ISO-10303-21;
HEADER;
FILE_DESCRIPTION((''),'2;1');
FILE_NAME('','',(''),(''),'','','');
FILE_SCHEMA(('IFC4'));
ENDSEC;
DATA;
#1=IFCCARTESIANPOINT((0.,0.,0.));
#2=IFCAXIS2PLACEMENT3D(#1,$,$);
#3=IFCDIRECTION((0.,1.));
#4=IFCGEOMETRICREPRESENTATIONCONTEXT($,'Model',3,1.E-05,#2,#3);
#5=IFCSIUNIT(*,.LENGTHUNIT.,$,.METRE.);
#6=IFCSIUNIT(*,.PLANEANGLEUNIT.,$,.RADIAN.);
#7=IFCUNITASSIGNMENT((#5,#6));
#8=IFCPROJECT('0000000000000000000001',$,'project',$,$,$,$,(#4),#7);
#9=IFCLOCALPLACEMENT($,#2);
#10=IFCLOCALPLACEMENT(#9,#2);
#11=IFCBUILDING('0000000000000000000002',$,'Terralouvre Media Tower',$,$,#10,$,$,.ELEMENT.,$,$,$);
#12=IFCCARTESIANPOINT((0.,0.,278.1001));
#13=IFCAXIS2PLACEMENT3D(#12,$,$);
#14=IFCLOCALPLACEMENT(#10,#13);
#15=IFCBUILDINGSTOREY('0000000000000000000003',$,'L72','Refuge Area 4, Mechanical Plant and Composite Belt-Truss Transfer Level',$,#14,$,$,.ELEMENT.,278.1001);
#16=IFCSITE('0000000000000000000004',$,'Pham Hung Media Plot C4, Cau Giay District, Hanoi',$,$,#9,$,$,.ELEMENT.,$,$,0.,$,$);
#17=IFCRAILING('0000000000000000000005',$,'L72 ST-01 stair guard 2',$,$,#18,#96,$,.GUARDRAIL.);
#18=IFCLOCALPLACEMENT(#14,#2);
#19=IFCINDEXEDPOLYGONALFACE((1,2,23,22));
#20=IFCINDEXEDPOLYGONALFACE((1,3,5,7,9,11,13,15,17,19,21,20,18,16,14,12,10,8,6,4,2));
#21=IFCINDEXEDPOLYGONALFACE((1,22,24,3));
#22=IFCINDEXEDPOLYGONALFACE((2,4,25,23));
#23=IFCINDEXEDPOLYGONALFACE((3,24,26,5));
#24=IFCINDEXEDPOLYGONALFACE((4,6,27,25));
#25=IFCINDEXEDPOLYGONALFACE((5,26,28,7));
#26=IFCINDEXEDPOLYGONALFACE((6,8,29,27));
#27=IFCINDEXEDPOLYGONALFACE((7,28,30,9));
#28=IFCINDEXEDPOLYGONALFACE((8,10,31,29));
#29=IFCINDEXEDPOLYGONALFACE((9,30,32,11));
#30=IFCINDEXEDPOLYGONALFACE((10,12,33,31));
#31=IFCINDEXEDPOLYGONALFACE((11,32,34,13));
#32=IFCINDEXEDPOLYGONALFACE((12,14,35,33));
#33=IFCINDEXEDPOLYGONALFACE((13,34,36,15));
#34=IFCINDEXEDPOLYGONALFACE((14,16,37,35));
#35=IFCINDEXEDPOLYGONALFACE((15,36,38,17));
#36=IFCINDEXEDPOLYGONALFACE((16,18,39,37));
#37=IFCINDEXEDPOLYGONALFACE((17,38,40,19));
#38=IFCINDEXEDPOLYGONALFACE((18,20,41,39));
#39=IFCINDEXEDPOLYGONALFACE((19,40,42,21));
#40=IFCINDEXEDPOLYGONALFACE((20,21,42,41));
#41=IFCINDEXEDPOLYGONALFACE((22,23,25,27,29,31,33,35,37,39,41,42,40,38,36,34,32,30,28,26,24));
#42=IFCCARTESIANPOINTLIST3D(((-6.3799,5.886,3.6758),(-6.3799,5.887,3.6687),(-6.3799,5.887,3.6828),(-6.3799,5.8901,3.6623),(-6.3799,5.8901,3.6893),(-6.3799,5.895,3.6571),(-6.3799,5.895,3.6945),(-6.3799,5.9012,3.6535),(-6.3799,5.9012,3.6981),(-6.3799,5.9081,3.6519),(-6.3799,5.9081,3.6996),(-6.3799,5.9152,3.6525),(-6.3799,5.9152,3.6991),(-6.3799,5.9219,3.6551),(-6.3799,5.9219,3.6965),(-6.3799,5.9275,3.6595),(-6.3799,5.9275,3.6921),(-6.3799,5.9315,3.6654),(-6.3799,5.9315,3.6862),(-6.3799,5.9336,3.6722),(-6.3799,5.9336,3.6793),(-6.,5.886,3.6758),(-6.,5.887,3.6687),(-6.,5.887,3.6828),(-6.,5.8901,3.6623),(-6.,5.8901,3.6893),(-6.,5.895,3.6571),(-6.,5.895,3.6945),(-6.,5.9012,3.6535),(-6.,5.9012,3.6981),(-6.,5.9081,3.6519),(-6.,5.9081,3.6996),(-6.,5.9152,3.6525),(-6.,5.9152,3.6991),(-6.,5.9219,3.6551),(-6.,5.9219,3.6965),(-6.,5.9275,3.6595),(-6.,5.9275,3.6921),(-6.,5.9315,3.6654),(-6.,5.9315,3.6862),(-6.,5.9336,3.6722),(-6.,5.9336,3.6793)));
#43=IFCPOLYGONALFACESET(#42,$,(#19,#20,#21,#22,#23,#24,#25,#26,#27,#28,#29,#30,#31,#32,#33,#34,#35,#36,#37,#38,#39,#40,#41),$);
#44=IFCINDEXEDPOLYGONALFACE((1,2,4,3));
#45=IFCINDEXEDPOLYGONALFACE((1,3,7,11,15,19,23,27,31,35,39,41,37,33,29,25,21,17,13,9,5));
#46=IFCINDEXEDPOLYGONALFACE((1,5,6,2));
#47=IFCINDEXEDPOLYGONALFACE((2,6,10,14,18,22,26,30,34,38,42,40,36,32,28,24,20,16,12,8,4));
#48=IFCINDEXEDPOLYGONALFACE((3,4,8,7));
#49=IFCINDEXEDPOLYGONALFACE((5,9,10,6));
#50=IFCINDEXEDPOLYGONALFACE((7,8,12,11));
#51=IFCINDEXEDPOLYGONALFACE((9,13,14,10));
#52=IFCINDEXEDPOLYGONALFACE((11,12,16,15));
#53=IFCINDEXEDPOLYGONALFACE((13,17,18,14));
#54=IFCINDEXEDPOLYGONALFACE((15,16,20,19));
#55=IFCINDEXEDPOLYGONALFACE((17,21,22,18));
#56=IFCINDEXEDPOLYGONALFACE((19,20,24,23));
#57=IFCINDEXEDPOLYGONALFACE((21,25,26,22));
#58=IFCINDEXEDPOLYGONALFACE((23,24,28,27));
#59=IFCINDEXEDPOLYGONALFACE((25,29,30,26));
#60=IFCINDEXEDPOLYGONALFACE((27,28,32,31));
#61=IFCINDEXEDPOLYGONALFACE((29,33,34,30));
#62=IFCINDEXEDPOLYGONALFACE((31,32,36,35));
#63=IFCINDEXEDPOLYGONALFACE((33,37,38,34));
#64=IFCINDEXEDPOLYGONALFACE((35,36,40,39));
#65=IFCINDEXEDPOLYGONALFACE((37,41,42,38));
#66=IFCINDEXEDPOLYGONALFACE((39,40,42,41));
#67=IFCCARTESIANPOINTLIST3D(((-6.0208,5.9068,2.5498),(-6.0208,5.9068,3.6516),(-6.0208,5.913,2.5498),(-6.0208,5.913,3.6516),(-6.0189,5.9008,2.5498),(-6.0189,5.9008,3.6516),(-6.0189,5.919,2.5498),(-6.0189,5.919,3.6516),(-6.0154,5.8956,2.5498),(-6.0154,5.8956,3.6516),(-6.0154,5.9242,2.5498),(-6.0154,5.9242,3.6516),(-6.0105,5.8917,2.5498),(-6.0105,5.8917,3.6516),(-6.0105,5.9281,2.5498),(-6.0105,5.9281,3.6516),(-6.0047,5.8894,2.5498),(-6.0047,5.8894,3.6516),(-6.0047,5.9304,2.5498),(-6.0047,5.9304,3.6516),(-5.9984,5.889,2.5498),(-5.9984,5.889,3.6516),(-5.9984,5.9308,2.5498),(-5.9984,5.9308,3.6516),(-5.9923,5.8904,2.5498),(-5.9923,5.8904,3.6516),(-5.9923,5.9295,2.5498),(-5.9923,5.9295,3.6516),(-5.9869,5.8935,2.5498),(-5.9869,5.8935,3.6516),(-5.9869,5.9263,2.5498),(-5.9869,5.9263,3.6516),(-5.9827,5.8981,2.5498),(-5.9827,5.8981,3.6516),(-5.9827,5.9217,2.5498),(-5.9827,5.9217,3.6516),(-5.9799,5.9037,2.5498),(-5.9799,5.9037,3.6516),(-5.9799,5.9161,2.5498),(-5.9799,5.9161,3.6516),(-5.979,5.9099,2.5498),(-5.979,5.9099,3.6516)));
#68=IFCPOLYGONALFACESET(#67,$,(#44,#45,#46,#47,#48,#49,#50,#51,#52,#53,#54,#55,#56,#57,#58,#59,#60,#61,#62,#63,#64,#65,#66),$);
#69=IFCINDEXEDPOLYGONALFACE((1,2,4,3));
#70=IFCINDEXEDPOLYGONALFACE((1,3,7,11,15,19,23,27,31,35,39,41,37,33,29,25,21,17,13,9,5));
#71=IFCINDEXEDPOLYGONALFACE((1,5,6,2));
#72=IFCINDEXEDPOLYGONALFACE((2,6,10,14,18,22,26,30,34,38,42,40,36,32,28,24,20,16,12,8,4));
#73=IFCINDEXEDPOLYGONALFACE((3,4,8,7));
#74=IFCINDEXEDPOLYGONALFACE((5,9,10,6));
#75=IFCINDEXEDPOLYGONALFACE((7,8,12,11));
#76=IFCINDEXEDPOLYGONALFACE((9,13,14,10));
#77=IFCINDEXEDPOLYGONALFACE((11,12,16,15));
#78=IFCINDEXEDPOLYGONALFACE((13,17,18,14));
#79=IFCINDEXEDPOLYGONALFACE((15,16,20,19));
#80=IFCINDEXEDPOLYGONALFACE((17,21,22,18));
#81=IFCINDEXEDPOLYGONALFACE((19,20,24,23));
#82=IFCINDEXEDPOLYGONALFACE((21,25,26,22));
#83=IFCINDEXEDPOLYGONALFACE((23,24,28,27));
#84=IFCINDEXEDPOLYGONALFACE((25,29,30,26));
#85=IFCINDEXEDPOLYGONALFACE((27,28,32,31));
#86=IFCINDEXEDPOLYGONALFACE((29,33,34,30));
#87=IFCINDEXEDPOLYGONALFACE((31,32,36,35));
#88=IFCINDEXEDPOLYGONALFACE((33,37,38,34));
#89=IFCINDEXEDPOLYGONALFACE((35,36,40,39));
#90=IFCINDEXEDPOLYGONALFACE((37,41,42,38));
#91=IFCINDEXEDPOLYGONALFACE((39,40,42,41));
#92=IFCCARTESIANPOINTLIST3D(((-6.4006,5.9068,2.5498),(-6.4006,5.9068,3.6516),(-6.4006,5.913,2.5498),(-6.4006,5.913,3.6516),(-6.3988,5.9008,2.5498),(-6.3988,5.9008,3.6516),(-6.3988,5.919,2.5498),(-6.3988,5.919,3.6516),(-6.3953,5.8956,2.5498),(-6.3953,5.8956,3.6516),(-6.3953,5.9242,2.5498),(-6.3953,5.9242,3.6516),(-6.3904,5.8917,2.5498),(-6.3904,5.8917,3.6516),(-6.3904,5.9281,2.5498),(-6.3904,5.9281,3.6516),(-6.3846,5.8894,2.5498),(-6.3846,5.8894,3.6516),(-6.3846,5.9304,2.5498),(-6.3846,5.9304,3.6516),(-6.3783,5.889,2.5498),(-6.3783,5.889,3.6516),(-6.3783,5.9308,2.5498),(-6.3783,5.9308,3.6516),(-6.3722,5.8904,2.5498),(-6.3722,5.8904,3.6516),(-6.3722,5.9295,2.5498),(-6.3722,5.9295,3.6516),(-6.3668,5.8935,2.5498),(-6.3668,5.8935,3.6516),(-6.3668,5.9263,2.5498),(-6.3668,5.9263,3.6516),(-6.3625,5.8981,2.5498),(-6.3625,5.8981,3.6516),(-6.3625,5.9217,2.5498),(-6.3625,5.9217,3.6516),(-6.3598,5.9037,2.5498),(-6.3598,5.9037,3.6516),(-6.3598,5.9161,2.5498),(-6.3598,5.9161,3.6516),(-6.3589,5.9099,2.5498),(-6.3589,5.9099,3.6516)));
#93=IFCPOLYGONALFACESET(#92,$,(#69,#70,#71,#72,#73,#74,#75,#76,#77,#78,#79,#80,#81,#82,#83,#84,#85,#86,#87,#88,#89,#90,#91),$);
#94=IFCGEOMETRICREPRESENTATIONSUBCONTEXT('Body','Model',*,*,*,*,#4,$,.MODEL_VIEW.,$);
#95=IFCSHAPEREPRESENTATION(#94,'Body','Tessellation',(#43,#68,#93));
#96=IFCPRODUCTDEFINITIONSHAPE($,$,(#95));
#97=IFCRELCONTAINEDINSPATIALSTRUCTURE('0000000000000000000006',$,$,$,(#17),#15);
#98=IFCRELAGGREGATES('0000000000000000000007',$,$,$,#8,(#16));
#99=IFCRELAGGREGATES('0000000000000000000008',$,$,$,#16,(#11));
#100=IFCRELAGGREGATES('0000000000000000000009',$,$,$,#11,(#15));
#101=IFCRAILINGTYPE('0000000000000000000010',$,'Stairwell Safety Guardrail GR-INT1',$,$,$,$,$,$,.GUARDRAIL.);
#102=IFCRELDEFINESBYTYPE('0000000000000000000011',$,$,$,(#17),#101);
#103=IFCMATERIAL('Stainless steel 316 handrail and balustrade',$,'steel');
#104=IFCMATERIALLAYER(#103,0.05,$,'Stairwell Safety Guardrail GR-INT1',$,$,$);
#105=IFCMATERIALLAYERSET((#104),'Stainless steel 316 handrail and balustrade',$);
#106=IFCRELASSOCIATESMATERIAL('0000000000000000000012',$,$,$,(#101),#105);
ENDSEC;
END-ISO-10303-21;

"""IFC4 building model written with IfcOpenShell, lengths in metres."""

from ifc_helpers import new_model, si_unit, direction, frame, origin, origin_2d, place, context, subcontext, project, spatial, circle, extrude, material, layer, layer_set, type_object, element, save


model = new_model("IFC4")

# Units and contexts
model_context = context("Model", 3, precision=1e-05, world=origin(), true_north=direction((0.0, 1.0)))
body_context = subcontext(model_context, "Body", "Model", "MODEL_VIEW")
ifc_project = project(units=[si_unit("LENGTHUNIT", "METRE"), si_unit("PLANEANGLEUNIT", "RADIAN")], contexts=[model_context])

# Site, building, storey
site_placement = place(None, origin())
site = spatial("IfcSite", under=ifc_project, at=site_placement, Name="Pham Hung Media Plot C4, Cau Giay District, Hanoi", CompositionType="ELEMENT", RefElevation=0.0)
building_placement = place(site_placement, origin())
building = spatial("IfcBuilding", under=site, at=building_placement, Name="Terralouvre Media Tower", CompositionType="ELEMENT")
storey_placement = place(building_placement, frame((0.0, 0.0, 278.1001)))
storey = spatial("IfcBuildingStorey", under=building, at=storey_placement, Name="L72", Description="Refuge Area 4, Mechanical Plant and Composite Belt-Truss Transfer Level", CompositionType="ELEMENT", Elevation=278.1001)

# Railing
ifc_material_1 = material(Name="Stainless steel 316 handrail and balustrade", Category="steel")
ifc_layer_1 = layer(ifc_material_1, 0.05, Name="Stairwell Safety Guardrail GR-INT1")
ifc_layer_set_1 = layer_set([ifc_layer_1], Name="Stainless steel 316 handrail and balustrade")
railing_type_1 = type_object("IfcRailingType", Name="Stairwell Safety Guardrail GR-INT1", PredefinedType="GUARDRAIL", material=ifc_layer_set_1)
railing_1_placement = place(storey_placement, frame((-6.0, 5.9099, 2.5498)))
element("IfcRailing", 1, at=railing_1_placement, inside=storey, type_object=railing_type_1, Name="L72 ST-01 stair guard 2", PredefinedType="GUARDRAIL", context=body_context, shape_type="SweptSolid", body=[
    extrude(circle(Radius=0.0239, at=origin_2d()), frame((0.0, 0.0, 1.126), z_axis=(-1.0, 0.0, 0.0), x_axis=(0.0, -1.0, 0.0)), (0.0, 0.0, 1.0), 0.3799),
    extrude(circle(Radius=0.021, at=origin_2d()), origin(), (0.0, 0.0, 1.0), 1.1018),
    extrude(circle(Radius=0.021, at=origin_2d()), frame((-0.3799, 0.0, 0.0)), (0.0, 0.0, 1.0), 1.1018),
])

save(model, "model.ifc")
